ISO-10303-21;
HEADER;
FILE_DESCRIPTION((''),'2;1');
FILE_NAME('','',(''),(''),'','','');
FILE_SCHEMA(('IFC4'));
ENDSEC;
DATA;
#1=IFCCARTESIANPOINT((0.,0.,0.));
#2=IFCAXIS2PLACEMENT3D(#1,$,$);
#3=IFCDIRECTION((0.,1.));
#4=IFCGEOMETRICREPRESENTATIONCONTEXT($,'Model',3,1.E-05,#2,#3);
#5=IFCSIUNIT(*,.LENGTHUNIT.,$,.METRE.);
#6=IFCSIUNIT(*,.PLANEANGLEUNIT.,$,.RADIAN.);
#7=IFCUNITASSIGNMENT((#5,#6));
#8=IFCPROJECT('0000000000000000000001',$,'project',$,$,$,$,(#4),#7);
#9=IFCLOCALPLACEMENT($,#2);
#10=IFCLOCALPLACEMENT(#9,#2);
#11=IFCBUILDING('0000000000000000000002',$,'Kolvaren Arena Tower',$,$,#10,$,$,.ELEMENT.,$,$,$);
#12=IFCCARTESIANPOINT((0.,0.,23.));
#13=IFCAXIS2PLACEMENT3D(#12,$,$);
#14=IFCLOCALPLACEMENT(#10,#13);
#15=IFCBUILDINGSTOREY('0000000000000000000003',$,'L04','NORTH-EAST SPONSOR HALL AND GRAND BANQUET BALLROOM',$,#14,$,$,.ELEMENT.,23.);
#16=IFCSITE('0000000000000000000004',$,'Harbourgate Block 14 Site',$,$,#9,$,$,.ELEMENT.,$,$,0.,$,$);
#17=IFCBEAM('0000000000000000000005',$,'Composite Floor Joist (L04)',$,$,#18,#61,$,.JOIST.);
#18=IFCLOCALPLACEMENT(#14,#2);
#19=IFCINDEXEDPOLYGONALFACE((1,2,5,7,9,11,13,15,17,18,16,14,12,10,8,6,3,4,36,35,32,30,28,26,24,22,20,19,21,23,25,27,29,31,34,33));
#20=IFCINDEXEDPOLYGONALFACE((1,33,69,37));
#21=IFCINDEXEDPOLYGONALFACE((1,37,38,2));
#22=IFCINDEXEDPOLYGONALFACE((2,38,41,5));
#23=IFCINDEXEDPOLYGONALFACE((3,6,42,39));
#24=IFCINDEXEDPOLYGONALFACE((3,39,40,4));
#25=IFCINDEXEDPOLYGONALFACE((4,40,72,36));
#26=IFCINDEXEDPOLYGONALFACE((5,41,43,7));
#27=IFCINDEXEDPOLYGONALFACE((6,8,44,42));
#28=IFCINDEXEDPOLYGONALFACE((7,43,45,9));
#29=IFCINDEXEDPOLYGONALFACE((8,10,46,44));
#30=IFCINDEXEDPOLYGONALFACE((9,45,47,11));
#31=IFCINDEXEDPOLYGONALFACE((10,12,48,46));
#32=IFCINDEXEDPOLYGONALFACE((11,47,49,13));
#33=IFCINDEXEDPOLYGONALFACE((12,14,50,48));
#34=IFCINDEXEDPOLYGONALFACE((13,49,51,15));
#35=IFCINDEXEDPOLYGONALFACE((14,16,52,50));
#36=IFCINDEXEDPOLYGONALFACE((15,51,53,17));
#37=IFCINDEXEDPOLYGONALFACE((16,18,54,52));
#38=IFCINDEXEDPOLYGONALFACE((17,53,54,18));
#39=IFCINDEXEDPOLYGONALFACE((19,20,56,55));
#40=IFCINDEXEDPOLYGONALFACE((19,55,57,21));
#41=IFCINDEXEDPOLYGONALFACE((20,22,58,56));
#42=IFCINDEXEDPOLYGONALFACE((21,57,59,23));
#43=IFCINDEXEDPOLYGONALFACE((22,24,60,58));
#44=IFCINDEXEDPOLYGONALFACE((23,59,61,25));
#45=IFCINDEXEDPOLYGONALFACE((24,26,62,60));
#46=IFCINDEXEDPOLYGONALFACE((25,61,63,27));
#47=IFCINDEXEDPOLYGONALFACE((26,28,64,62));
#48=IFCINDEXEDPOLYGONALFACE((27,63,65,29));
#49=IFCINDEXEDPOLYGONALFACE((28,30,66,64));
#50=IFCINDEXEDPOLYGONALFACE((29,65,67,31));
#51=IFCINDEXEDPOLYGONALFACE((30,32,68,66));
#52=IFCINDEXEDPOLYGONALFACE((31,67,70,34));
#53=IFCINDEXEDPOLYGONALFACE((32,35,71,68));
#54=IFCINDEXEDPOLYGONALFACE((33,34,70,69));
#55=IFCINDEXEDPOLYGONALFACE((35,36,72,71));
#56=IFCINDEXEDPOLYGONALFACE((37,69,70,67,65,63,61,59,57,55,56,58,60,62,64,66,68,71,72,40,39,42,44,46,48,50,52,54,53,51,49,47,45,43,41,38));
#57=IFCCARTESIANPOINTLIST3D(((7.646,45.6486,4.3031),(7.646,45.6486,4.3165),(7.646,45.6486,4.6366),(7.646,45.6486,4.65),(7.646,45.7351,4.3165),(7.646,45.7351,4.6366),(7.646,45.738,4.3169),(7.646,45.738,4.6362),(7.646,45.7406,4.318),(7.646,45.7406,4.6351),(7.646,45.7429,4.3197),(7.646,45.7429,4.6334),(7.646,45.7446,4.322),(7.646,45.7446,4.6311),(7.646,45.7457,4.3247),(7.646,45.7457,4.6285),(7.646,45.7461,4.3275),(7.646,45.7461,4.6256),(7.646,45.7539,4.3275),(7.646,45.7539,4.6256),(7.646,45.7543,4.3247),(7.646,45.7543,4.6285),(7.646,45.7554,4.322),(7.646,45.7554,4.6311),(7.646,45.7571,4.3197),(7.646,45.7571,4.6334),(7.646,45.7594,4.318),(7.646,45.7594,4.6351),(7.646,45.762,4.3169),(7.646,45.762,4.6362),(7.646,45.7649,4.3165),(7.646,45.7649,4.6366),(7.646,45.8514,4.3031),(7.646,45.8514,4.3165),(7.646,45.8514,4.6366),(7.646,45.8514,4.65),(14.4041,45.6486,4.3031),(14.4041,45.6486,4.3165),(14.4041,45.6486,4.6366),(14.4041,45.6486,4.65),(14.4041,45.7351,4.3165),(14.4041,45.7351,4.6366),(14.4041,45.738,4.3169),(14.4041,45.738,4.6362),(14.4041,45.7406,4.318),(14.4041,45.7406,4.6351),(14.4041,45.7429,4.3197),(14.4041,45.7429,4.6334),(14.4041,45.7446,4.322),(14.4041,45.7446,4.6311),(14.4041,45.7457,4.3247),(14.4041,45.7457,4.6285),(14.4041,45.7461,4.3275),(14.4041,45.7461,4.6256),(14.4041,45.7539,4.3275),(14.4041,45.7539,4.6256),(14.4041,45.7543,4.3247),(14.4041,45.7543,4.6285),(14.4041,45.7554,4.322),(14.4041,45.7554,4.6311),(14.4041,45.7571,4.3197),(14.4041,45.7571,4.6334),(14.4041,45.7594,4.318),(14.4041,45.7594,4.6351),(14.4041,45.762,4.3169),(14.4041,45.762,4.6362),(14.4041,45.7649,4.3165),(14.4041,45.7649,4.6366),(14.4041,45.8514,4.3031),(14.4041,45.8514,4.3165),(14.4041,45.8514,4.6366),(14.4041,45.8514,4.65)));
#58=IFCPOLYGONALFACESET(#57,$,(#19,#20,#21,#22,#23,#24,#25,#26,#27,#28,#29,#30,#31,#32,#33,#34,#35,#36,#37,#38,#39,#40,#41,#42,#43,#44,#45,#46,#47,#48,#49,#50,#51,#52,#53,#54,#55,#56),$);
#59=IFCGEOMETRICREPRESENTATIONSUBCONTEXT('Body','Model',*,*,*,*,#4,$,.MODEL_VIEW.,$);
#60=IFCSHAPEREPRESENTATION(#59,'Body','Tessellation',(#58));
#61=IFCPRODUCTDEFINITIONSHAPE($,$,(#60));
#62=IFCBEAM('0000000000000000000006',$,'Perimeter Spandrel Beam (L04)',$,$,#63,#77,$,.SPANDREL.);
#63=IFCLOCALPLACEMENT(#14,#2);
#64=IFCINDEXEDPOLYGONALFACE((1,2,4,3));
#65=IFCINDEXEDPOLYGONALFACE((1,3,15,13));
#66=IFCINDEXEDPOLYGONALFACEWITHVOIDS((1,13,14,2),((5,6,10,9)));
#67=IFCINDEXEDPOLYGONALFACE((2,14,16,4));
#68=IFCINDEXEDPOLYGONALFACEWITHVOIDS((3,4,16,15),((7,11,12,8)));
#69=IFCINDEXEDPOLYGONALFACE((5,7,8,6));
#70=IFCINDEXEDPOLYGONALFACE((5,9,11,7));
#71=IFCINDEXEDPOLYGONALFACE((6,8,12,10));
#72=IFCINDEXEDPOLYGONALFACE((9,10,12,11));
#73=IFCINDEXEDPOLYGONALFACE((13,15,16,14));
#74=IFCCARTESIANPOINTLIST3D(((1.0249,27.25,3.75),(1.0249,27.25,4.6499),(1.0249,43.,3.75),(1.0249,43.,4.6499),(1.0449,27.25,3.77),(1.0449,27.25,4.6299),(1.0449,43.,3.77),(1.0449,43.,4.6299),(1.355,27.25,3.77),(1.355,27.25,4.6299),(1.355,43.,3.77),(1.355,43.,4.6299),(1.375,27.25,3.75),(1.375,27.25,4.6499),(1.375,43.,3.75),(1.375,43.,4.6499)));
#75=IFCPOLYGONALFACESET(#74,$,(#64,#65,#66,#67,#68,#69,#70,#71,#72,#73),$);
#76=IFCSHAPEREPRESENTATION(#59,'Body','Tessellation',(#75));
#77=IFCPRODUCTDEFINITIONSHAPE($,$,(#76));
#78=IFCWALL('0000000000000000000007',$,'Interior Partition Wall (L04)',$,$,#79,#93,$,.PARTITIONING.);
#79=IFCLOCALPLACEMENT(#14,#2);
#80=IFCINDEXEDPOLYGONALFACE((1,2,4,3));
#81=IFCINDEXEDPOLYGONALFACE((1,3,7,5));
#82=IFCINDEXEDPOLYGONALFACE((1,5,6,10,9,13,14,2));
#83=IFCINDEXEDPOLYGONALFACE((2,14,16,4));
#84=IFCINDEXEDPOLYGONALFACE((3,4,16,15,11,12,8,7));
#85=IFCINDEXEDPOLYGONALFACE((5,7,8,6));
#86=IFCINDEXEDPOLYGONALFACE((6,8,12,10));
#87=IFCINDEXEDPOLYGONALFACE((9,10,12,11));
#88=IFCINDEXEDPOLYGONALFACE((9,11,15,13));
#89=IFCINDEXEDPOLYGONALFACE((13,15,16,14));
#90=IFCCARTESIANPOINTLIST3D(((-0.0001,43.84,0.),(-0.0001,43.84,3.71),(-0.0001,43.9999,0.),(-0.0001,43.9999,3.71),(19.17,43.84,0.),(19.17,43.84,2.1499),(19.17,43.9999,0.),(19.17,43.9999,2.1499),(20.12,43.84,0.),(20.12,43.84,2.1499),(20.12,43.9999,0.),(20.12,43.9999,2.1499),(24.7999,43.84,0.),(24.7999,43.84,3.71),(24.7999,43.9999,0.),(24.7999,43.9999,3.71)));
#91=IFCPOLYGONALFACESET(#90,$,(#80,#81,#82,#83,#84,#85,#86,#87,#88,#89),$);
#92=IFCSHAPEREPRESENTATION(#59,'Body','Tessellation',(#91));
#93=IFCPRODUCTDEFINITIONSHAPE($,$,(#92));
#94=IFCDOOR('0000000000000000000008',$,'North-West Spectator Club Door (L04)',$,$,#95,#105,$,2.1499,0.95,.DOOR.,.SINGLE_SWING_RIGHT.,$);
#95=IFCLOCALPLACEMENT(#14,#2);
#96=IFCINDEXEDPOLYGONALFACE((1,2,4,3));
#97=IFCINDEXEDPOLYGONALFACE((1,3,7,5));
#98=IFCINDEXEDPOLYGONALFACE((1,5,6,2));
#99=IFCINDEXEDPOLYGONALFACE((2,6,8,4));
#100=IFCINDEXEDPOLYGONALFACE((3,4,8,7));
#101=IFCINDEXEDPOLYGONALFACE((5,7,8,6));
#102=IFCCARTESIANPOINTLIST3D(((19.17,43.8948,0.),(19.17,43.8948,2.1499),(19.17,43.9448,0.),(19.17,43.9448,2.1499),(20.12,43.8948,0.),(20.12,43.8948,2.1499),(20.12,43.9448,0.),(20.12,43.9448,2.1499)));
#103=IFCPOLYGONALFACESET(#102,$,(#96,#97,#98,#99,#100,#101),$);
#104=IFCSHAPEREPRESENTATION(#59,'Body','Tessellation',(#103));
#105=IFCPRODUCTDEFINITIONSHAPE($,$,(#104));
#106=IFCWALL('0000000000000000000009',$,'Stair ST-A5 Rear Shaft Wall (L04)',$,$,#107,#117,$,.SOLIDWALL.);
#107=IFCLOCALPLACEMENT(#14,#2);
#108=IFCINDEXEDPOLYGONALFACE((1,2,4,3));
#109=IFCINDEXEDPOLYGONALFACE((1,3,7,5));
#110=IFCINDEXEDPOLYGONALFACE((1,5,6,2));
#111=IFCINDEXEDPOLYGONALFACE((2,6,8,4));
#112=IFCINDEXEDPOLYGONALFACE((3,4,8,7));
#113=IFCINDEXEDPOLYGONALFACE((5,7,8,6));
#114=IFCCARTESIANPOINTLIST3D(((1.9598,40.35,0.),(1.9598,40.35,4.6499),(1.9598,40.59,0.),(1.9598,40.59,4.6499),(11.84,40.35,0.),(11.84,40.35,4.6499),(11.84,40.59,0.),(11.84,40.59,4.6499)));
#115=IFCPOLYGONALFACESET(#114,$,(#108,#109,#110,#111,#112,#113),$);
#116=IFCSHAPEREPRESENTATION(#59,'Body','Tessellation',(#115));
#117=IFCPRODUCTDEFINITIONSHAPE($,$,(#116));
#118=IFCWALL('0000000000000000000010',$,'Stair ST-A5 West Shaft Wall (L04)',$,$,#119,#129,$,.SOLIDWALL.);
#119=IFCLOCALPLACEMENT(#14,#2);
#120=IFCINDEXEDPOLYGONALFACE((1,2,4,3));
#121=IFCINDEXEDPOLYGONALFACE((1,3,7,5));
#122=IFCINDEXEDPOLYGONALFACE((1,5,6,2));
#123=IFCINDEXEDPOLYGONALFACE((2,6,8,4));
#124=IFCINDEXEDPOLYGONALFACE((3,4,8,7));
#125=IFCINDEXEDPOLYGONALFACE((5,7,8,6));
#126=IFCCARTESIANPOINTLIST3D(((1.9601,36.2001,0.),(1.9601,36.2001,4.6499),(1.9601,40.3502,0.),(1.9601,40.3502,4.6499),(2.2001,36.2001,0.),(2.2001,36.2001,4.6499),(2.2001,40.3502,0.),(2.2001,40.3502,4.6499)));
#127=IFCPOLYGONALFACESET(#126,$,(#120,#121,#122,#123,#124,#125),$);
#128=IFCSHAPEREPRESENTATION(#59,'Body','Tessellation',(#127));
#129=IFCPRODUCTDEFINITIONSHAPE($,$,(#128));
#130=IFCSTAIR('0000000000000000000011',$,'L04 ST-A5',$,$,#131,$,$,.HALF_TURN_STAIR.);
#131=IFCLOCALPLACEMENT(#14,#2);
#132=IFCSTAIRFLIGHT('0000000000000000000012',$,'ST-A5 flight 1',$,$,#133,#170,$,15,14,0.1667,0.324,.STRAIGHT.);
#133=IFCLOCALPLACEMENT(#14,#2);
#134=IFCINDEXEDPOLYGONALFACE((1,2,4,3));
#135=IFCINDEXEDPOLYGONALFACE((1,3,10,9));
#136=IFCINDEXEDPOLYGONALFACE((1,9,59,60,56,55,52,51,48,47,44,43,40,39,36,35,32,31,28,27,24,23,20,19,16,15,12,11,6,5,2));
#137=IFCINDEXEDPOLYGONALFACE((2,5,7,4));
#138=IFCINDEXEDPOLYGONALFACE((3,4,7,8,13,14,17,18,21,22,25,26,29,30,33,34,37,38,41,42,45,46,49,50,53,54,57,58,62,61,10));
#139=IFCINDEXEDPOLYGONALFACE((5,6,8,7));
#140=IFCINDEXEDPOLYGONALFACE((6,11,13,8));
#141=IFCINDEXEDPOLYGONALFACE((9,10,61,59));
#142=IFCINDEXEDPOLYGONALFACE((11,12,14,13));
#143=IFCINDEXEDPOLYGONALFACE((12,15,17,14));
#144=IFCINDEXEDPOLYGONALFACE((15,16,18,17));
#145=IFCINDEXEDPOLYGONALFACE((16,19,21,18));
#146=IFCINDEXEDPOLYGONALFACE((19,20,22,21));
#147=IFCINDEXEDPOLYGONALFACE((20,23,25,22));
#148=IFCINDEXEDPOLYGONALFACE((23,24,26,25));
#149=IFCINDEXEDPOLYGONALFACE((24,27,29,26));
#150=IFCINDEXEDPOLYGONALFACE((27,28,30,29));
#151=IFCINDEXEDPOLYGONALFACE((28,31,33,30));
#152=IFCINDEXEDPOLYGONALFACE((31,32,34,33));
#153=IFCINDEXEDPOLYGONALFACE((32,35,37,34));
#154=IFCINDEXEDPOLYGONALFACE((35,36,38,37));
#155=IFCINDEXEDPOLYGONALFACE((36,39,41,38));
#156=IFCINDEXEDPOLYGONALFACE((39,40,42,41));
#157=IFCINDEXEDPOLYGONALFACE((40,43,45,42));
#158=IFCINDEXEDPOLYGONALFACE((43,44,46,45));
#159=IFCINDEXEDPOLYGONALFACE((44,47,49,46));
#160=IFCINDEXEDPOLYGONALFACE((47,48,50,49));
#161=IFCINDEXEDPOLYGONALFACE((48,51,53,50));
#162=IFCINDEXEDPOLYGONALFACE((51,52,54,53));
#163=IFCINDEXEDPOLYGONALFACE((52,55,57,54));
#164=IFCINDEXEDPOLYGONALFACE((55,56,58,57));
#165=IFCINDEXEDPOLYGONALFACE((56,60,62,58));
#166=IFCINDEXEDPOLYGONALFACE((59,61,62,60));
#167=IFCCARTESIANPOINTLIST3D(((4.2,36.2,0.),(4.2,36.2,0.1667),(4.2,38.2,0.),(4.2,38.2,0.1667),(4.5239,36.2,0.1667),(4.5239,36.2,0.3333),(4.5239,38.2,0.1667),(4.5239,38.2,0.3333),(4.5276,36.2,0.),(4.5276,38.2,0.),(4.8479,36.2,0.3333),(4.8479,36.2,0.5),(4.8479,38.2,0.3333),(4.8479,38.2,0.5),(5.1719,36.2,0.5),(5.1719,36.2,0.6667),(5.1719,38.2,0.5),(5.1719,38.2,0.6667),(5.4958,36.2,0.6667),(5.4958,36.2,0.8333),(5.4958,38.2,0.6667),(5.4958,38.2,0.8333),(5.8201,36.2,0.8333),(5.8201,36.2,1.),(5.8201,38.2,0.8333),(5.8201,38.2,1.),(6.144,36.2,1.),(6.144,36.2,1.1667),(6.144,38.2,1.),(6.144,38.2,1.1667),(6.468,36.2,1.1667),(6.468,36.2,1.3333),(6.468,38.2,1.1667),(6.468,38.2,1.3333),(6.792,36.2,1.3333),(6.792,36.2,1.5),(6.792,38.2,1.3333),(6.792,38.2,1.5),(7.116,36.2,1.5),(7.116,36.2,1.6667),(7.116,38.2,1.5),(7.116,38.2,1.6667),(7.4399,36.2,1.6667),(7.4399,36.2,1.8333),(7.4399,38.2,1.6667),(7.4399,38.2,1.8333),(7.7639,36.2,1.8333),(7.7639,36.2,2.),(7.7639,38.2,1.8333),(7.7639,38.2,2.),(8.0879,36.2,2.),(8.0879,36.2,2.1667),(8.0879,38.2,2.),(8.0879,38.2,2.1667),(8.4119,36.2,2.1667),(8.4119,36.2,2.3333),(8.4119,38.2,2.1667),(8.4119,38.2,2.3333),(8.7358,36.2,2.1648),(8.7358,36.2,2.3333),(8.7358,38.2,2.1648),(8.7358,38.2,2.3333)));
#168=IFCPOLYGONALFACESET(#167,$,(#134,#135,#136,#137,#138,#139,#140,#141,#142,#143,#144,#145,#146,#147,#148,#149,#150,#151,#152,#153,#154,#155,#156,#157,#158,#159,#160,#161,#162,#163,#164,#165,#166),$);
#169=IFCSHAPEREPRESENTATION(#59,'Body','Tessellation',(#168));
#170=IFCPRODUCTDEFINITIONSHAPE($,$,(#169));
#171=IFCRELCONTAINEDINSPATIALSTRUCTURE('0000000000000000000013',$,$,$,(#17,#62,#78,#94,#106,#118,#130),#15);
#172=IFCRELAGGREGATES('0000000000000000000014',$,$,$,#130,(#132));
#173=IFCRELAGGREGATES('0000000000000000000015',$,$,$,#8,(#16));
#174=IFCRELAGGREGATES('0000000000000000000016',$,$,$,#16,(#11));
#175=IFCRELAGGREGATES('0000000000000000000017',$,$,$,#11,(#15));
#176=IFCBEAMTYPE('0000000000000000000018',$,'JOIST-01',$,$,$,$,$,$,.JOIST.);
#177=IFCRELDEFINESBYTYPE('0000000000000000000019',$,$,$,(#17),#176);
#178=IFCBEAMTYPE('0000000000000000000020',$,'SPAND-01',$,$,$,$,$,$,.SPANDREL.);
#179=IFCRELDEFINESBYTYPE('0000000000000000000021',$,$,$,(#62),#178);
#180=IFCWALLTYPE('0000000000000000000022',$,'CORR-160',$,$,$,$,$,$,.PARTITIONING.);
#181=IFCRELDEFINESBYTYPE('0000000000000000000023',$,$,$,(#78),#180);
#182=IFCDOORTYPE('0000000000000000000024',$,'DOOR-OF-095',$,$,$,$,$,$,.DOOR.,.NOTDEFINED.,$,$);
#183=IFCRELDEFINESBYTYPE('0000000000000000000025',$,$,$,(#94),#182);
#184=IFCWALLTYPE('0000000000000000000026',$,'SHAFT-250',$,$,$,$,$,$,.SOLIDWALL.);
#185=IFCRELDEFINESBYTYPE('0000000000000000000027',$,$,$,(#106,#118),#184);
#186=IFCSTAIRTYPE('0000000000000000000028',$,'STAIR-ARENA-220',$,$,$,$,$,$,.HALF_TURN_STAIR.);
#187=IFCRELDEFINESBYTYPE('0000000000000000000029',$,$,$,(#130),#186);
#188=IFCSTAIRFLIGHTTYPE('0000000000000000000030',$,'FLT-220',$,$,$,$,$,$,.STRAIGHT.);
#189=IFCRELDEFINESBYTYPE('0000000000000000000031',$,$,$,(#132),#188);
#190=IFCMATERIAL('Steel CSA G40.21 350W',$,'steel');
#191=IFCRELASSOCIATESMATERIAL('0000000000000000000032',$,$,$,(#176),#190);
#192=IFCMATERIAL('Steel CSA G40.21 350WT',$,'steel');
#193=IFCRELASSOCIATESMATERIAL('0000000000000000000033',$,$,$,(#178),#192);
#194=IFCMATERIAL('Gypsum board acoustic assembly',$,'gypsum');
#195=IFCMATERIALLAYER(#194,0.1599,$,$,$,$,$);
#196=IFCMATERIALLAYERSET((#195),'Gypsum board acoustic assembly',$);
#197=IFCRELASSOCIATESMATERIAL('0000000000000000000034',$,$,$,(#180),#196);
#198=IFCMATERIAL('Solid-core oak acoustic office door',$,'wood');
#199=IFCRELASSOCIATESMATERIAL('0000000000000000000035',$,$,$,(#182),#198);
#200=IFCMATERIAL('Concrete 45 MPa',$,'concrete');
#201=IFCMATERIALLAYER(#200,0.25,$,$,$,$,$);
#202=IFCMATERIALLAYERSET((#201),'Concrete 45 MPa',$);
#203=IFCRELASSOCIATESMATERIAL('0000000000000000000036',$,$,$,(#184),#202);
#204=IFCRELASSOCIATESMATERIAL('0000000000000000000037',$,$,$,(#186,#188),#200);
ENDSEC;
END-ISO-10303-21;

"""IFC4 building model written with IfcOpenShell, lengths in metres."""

from ifc_helpers import new_model, si_unit, direction, frame, frame_2d, origin, origin_2d, place, context, subcontext, project, spatial, polyline, rectangle, hollow_rectangle, i_section, outline, extrude, material, layer, layer_set, material_profile, profile_set, type_object, element, fill, aggregate, save


model = new_model("IFC4")

# Units and contexts
model_context = context("Model", 3, precision=1e-05, world=origin(), true_north=direction((0.0, 1.0)))
body_context = subcontext(model_context, "Body", "Model", "MODEL_VIEW")
ifc_project = project(units=[si_unit("LENGTHUNIT", "METRE"), si_unit("PLANEANGLEUNIT", "RADIAN")], contexts=[model_context])

# Site, building, storey
site_placement = place(None, origin())
site = spatial("IfcSite", under=ifc_project, at=site_placement, Name="Harbourgate Block 14 Site", CompositionType="ELEMENT", RefElevation=0.0)
building_placement = place(site_placement, origin())
building = spatial("IfcBuilding", under=site, at=building_placement, Name="Kolvaren Arena Tower", CompositionType="ELEMENT")
storey_placement = place(building_placement, frame((0.0, 0.0, 23.0)))
storey = spatial("IfcBuildingStorey", under=building, at=storey_placement, Name="L04", Description="NORTH-EAST SPONSOR HALL AND GRAND BANQUET BALLROOM", CompositionType="ELEMENT", Elevation=23.0)

# Beams
ifc_material_1 = material(Name="Steel CSA G40.21 350W", Category="steel")
ifc_material_profile_1 = material_profile(ifc_material_1, i_section(OverallWidth=0.2029, OverallDepth=0.3469, WebThickness=0.0078, FlangeThickness=0.0134, FilletRadius=0.011, at=origin_2d()), Name="W360x64")
ifc_profile_set_1 = profile_set([ifc_material_profile_1], Name="Steel CSA G40.21 350W")
beam_type_1 = type_object("IfcBeamType", Name="JOIST-01", PredefinedType="JOIST", material=ifc_profile_set_1)
beam_1_placement = place(storey_placement, frame((7.646, 45.75, 4.4766), z_axis=(1.0, 0.0, 0.0), x_axis=(0.0, 1.0, 0.0)))
element("IfcBeam", 1, at=beam_1_placement, inside=storey, type_object=beam_type_1, Name="Composite Floor Joist (L04)", PredefinedType="JOIST", context=body_context, shape_type="SweptSolid", body=[
    extrude(i_section(OverallWidth=0.2029, OverallDepth=0.3469, WebThickness=0.0078, FlangeThickness=0.0134, FilletRadius=0.011, at=origin_2d()), origin(), (0.0, 0.0, 1.0), 6.7581),
])
ifc_material_2 = material(Name="Steel CSA G40.21 350WT", Category="steel")
ifc_material_profile_2 = material_profile(ifc_material_2, hollow_rectangle(XDim=0.3501, YDim=0.8999, WallThickness=0.02, at=origin_2d()), Name="HSS 900x350x20")
ifc_profile_set_2 = profile_set([ifc_material_profile_2], Name="Steel CSA G40.21 350WT")
beam_type_2 = type_object("IfcBeamType", Name="SPAND-01", PredefinedType="SPANDREL", material=ifc_profile_set_2)
beam_2_placement = place(storey_placement, frame((1.2, 43.0, 4.2), z_axis=(0.0, -1.0, 0.0), x_axis=(1.0, 0.0, 0.0)))
element("IfcBeam", 2, at=beam_2_placement, inside=storey, type_object=beam_type_2, Name="Perimeter Spandrel Beam (L04)", PredefinedType="SPANDREL", context=body_context, shape_type="SweptSolid", body=[
    extrude(hollow_rectangle(XDim=0.3501, YDim=0.8999, WallThickness=0.02, at=origin_2d()), origin(), (0.0, 0.0, 1.0), 15.75),
])

# Wall, opening, door
ifc_material_3 = material(Name="Gypsum board acoustic assembly", Category="gypsum")
ifc_layer_1 = layer(ifc_material_3, 0.1599)
ifc_layer_set_1 = layer_set([ifc_layer_1], Name="Gypsum board acoustic assembly")
wall_type_1 = type_object("IfcWallType", Name="CORR-160", PredefinedType="PARTITIONING", material=ifc_layer_set_1)
wall_1_placement = place(storey_placement, frame((0.0, 43.9199, 0.0), z_axis=(0.0, 0.0, 1.0), x_axis=(1.0, 0.0, 0.0)))
wall_1 = element("IfcWall", 3, at=wall_1_placement, inside=storey, type_object=wall_type_1, Name="Interior Partition Wall (L04)", PredefinedType="PARTITIONING", context=body_context, shape_type="SweptSolid", body=[
    extrude(rectangle(XDim=24.8, YDim=0.1599, at=frame_2d((12.3999, 0.0))), origin(), (0.0, 0.0, 1.0), 3.71),
])
opening_placement = place(wall_1_placement, frame((19.1699, 0.0, 0.0)))
opening = element("IfcOpeningElement", 4, at=opening_placement, cuts=wall_1, PredefinedType="OPENING", context=body_context, shape_type="SweptSolid", body=[
    extrude(rectangle(XDim=0.95, YDim=2.1499, at=frame_2d((0.4751, 1.075))), frame((0.0, 0.0898, 0.0), z_axis=(0.0, -1.0, 0.0), x_axis=(1.0, 0.0, 0.0)), (0.0, 0.0, 1.0), 0.1799),
])
ifc_material_4 = material(Name="Solid-core oak acoustic office door", Category="wood")
door_type = type_object("IfcDoorType", Name="DOOR-OF-095", OperationType="NOTDEFINED", PredefinedType="DOOR", material=ifc_material_4)
door_placement = place(opening_placement, origin())
door = element("IfcDoor", 5, at=door_placement, inside=storey, type_object=door_type, Name="North-West Spectator Club Door (L04)", OperationType="SINGLE_SWING_RIGHT", OverallHeight=2.1499, OverallWidth=0.95, PredefinedType="DOOR", context=body_context, shape_type="SweptSolid", body=[
    extrude(rectangle(XDim=0.95, YDim=2.1499, at=frame_2d((0.4751, 1.075))), frame((0.0, 0.0249, 0.0), z_axis=(0.0, -1.0, 0.0), x_axis=(1.0, 0.0, 0.0)), (0.0, 0.0, 1.0), 0.05),
])
fill(opening, door)

# Walls
ifc_material_5 = material(Name="Concrete 45 MPa", Category="concrete")
ifc_layer_2 = layer(ifc_material_5, 0.25)
ifc_layer_set_2 = layer_set([ifc_layer_2], Name="Concrete 45 MPa")
wall_type_2 = type_object("IfcWallType", Name="SHAFT-250", PredefinedType="SOLIDWALL", material=ifc_layer_set_2)
wall_2_placement = place(storey_placement, frame((1.96, 40.47, 0.0), z_axis=(0.0, 0.0, 1.0), x_axis=(1.0, 0.0, 0.0)))
element("IfcWall", 6, at=wall_2_placement, inside=storey, type_object=wall_type_2, Name="Stair ST-A5 Rear Shaft Wall (L04)", PredefinedType="SOLIDWALL", context=body_context, shape_type="SweptSolid", body=[
    extrude(rectangle(XDim=9.8801, YDim=0.24, at=frame_2d((4.9399, 0.0))), origin(), (0.0, 0.0, 1.0), 4.6499),
])
wall_3_placement = place(storey_placement, frame((2.0801, 36.2, 0.0), z_axis=(0.0, 0.0, 1.0), x_axis=(0.0, 1.0, 0.0)))
element("IfcWall", 7, at=wall_3_placement, inside=storey, type_object=wall_type_2, Name="Stair ST-A5 West Shaft Wall (L04)", PredefinedType="SOLIDWALL", context=body_context, shape_type="SweptSolid", body=[
    extrude(rectangle(XDim=4.1501, YDim=0.24, at=frame_2d((2.0752, 0.0))), origin(), (0.0, 0.0, 1.0), 4.6499),
])

# Stair, stair flight
stair_type = type_object("IfcStairType", Name="STAIR-ARENA-220", PredefinedType="HALF_TURN_STAIR", material=ifc_material_5)
stair_placement = place(storey_placement, origin())
stair = element("IfcStair", 8, at=stair_placement, inside=storey, type_object=stair_type, Name="L04 ST-A5", PredefinedType="HALF_TURN_STAIR")
stair_flight_type = type_object("IfcStairFlightType", Name="FLT-220", PredefinedType="STRAIGHT", material=ifc_material_5)
stair_flight_1_placement = place(storey_placement, frame((4.2, 37.2, 0.0), z_axis=(0.0, 0.0, 1.0), x_axis=(1.0, 0.0, 0.0)))
stair_flight_1 = element("IfcStairFlight", 9, at=stair_flight_1_placement, type_object=stair_flight_type, Name="ST-A5 flight 1", NumberOfRisers=15, NumberOfTreads=14, PredefinedType="STRAIGHT", RiserHeight=0.1667, TreadLength=0.324, context=body_context, shape_type="SweptSolid", body=[
    extrude(outline(polyline([(0.0, 0.0), (0.0, 0.1667), (0.324, 0.1667), (0.324, 0.3333), (0.6479, 0.3333), (0.6479, 0.5), (0.9719, 0.5), (0.9719, 0.6667), (1.2959, 0.6667), (1.2959, 0.8333), (1.6201, 0.8333), (1.6201, 1.0), (1.9441, 1.0), (1.9441, 1.1667), (2.2681, 1.1667), (2.2681, 1.3333), (2.592, 1.3333), (2.592, 1.5), (2.916, 1.5), (2.916, 1.6667), (3.24, 1.6667), (3.24, 1.8333), (3.564, 1.8333), (3.564, 2.0), (3.8879, 2.0), (3.8879, 2.1667), (4.2119, 2.1667), (4.2119, 2.3333), (4.5359, 2.3333), (4.5359, 2.5), (4.5359, 2.1648), (0.3276, 0.0), (0.0, 0.0)])), frame((0.0, 1.0, 0.0), z_axis=(0.0, -1.0, 0.0), x_axis=(1.0, 0.0, 0.0)), (0.0, 0.0, 1.0), 2.0),
])
aggregate(stair, [stair_flight_1])

save(model, "model.ifc")
